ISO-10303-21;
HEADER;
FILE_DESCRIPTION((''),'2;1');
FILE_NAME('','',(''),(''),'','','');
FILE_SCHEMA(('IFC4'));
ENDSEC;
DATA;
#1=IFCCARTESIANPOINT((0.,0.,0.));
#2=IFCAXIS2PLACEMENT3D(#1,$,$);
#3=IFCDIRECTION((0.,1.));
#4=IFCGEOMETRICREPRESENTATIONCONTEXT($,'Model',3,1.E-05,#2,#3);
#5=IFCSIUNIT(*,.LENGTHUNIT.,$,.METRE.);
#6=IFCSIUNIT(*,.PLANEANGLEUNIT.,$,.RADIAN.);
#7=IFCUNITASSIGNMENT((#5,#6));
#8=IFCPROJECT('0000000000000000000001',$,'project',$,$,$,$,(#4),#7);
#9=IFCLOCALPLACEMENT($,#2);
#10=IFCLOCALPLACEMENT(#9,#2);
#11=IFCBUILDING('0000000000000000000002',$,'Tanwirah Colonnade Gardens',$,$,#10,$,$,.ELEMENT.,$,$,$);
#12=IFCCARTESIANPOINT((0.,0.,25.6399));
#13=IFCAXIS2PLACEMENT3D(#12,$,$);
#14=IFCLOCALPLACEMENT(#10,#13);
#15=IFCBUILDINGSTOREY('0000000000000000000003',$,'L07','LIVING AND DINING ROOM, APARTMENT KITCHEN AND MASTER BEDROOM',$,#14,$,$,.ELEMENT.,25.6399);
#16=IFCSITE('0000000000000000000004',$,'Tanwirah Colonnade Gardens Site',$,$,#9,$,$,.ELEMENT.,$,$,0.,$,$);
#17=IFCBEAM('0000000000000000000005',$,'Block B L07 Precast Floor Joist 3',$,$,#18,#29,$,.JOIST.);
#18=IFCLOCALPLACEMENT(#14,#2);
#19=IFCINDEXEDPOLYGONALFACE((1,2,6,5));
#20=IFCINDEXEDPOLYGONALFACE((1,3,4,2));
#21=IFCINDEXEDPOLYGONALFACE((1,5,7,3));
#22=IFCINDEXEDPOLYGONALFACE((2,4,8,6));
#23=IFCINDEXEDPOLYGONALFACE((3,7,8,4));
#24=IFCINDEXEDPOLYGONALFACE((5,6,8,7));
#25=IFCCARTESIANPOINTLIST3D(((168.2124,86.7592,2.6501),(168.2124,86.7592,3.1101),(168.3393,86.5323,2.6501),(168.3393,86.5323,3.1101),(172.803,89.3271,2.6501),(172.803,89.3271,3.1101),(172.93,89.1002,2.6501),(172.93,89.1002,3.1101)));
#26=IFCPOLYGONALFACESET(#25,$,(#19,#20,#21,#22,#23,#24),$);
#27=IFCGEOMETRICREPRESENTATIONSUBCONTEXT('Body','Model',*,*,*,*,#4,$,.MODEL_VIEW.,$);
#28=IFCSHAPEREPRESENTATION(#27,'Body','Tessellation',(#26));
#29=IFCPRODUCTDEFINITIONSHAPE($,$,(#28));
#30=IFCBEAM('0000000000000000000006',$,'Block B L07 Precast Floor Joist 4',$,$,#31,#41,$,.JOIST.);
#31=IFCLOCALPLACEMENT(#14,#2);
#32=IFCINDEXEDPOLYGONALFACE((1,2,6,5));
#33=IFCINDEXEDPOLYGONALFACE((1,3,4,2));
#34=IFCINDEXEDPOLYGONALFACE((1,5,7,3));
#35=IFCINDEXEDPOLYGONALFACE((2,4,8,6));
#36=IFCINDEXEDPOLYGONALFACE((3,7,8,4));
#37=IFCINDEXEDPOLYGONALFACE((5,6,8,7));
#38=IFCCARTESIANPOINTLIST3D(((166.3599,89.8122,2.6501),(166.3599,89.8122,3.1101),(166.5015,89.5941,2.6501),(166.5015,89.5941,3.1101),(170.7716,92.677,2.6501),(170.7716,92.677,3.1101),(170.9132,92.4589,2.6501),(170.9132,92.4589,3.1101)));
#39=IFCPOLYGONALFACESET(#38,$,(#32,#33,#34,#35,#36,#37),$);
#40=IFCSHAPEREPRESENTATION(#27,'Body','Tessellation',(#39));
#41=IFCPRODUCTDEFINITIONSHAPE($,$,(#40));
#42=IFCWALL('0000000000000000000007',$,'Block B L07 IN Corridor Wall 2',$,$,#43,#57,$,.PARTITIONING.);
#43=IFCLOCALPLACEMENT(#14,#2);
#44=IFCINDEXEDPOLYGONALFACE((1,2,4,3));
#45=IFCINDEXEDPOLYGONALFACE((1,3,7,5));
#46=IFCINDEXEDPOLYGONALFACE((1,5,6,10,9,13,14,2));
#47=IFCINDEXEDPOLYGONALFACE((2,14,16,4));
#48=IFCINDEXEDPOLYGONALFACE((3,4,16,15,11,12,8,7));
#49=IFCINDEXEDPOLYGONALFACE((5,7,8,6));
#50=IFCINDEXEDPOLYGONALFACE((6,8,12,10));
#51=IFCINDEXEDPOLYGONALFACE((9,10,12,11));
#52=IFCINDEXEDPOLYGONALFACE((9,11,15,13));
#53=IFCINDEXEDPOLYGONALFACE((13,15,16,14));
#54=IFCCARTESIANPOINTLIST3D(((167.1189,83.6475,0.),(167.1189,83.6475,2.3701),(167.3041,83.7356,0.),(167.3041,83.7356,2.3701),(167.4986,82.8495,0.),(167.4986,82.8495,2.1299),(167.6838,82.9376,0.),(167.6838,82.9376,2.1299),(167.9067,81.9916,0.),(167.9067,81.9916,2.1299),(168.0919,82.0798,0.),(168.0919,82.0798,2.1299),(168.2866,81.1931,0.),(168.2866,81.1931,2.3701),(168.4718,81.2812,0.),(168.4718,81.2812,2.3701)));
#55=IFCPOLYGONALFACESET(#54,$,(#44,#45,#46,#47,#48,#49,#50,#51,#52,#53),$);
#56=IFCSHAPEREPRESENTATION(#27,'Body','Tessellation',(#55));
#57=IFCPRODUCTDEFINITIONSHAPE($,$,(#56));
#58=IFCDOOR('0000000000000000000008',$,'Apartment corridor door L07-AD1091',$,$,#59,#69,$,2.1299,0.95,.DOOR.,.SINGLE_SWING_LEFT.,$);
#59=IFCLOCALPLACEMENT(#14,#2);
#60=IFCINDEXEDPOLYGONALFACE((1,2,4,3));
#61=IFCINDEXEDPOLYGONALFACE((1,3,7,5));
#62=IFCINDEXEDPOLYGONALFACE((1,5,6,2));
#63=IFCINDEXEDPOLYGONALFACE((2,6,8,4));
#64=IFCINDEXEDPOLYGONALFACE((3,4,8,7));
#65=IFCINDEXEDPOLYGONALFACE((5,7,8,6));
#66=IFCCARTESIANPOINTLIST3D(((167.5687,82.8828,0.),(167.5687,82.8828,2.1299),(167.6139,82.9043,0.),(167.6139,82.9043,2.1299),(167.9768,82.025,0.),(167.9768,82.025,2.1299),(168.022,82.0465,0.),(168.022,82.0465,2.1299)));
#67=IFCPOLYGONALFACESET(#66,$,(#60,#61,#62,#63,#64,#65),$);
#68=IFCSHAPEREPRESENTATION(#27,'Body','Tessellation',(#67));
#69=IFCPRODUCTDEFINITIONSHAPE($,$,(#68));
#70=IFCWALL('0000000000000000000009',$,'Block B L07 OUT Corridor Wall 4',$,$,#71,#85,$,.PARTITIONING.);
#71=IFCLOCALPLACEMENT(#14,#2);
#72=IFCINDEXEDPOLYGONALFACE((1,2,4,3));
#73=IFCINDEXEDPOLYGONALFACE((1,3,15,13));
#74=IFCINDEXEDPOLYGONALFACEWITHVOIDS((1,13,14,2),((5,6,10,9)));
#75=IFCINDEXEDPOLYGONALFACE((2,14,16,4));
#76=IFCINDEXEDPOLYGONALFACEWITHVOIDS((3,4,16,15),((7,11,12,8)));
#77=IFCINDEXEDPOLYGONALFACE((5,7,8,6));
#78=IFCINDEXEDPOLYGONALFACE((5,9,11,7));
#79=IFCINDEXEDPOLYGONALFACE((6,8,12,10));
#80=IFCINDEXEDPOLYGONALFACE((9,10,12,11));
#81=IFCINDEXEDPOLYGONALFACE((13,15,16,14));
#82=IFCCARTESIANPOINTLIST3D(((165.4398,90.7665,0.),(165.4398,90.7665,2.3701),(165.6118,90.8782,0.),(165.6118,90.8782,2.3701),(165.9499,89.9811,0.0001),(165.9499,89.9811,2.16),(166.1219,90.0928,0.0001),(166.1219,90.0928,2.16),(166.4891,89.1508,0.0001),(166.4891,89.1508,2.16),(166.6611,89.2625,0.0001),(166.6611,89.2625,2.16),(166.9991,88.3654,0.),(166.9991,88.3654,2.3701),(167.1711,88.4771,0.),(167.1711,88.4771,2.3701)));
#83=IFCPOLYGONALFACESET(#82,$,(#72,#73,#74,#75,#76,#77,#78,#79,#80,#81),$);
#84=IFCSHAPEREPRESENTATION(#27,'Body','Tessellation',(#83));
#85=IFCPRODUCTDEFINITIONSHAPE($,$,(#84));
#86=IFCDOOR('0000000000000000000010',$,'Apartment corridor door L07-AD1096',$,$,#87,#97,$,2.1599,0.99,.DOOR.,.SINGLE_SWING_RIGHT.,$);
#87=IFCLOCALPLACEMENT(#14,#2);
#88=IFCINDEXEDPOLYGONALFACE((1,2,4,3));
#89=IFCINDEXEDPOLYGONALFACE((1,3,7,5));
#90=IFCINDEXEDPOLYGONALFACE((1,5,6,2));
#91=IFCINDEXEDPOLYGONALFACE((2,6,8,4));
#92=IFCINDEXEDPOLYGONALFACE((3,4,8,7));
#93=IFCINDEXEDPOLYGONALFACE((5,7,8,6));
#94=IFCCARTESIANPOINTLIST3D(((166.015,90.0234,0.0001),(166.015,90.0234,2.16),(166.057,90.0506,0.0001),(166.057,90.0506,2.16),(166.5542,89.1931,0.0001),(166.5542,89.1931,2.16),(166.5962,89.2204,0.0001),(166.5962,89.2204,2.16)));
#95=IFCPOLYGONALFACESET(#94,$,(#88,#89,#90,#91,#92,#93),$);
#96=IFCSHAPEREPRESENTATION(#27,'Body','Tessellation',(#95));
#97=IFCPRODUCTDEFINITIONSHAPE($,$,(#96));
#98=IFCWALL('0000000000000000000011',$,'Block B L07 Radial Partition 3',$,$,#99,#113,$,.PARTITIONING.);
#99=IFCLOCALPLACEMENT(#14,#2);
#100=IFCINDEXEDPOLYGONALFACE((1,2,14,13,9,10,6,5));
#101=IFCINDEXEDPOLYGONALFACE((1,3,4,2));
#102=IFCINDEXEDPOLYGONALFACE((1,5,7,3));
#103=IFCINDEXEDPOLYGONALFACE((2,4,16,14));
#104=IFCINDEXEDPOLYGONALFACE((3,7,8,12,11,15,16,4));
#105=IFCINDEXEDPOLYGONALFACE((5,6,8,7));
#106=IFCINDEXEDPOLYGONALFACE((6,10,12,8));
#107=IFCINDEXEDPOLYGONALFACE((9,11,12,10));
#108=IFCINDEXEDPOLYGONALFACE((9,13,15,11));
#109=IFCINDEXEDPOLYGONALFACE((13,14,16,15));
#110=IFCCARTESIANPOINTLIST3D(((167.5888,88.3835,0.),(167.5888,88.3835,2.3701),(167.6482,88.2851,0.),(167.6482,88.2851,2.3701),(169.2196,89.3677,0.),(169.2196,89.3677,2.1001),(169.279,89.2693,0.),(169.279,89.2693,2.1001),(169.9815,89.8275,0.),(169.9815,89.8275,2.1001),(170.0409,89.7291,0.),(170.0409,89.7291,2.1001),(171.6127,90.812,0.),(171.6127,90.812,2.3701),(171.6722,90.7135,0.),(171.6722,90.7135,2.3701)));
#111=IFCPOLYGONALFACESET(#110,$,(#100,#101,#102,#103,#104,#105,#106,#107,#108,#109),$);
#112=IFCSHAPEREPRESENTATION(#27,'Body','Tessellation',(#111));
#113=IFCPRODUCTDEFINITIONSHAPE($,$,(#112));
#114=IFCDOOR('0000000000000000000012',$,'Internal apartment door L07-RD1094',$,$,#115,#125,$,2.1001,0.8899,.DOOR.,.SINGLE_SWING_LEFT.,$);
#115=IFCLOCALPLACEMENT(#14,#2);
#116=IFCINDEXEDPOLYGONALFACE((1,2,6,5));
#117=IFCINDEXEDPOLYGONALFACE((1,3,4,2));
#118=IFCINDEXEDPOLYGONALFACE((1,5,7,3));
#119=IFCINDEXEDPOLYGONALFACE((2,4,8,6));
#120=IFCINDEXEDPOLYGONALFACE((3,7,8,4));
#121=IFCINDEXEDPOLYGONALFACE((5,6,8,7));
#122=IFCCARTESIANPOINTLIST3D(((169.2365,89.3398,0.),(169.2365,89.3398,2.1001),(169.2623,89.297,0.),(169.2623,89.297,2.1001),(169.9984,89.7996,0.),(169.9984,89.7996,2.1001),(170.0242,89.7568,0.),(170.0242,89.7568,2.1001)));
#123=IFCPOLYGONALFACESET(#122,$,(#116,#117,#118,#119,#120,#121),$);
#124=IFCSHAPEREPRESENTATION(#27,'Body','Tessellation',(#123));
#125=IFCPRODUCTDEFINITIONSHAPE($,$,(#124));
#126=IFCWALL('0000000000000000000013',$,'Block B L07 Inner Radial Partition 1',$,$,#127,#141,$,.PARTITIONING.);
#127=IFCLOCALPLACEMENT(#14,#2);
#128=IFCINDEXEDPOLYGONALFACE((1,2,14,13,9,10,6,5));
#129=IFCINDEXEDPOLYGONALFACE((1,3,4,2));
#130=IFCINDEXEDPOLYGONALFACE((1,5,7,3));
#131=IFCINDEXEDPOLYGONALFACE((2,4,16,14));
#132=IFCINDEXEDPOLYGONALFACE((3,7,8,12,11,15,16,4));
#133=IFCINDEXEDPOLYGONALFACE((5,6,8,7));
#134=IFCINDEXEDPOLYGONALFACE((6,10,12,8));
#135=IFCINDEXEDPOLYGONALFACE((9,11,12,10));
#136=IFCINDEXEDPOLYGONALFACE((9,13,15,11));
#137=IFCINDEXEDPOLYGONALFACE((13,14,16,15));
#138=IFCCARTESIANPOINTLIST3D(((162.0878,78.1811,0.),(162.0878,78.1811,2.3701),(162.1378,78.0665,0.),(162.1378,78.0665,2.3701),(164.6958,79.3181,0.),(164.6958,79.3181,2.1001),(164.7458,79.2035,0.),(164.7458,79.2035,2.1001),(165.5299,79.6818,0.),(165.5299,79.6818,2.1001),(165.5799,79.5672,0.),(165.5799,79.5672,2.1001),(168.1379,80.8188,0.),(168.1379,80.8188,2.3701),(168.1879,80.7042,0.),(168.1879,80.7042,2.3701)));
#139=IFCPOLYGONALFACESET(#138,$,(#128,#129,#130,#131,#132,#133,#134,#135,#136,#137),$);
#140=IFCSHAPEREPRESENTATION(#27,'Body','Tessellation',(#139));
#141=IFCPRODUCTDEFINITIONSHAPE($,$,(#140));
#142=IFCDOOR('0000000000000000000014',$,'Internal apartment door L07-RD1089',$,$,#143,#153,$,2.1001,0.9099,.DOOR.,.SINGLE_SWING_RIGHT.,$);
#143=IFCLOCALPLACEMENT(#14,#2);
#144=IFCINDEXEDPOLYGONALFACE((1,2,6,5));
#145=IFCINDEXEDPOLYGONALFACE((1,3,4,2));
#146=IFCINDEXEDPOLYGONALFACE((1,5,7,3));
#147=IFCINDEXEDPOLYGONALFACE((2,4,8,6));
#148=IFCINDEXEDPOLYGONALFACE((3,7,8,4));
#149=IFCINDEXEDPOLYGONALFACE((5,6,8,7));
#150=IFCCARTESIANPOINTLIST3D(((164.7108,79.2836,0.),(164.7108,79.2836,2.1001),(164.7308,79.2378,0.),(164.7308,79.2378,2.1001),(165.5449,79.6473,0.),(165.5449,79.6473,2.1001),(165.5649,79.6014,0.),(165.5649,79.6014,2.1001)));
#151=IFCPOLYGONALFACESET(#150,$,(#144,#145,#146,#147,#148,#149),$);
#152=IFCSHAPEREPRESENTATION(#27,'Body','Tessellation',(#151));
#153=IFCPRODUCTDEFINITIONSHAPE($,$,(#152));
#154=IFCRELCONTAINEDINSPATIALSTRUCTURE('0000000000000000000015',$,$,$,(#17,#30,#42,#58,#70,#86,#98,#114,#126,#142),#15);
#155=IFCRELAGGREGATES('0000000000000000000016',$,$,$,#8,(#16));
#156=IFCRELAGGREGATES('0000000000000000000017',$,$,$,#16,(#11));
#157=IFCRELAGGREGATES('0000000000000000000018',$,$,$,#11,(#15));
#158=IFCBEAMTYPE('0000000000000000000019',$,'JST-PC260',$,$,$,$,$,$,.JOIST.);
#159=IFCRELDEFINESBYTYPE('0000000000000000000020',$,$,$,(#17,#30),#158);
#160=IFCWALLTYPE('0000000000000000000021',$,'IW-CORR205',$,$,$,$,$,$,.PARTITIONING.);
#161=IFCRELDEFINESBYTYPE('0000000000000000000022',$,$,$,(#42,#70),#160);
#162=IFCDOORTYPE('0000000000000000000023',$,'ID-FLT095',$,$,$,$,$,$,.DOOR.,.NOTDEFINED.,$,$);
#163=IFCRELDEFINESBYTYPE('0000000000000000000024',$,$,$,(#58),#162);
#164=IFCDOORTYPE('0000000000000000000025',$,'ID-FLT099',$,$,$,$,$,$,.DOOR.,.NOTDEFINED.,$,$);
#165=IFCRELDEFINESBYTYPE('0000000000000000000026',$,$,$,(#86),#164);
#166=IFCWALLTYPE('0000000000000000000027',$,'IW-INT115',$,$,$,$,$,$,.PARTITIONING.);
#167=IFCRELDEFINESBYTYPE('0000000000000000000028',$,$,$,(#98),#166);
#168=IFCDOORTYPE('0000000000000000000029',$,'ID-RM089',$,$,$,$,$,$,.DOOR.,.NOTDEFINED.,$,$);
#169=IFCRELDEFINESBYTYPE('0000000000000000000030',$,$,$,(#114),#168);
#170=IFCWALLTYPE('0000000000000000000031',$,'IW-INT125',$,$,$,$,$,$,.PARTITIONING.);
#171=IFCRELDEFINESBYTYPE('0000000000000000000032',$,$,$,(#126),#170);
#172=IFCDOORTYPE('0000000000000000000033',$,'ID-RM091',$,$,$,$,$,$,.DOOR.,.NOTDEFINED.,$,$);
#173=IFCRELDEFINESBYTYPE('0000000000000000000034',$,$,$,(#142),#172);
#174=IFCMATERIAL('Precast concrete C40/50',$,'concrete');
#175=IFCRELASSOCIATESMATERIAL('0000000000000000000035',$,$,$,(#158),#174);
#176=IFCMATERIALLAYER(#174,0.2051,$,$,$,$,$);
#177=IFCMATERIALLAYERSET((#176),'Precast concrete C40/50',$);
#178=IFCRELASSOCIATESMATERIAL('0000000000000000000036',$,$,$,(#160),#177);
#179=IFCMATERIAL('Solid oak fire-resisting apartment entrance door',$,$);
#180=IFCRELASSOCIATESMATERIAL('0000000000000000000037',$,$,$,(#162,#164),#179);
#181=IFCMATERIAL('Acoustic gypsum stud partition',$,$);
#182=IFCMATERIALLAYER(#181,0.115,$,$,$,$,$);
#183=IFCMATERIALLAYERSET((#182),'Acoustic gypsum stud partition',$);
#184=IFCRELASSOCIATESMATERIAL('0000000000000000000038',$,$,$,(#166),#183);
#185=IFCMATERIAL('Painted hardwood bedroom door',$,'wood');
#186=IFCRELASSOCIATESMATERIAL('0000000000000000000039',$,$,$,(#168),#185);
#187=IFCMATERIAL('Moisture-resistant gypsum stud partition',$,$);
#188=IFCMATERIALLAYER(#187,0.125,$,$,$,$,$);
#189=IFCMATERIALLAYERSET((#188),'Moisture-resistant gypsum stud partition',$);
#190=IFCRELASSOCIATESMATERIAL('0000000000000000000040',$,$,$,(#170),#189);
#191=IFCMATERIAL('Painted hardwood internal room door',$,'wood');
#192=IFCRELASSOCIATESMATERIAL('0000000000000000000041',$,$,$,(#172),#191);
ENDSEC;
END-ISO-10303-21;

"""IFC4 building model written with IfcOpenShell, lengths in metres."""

from ifc_helpers import new_model, si_unit, direction, frame, frame_2d, origin, origin_2d, place, context, subcontext, project, spatial, rectangle, extrude, material, layer, layer_set, material_profile, profile_set, type_object, element, fill, save


model = new_model("IFC4")

# Units and contexts
model_context = context("Model", 3, precision=1e-05, world=origin(), true_north=direction((0.0, 1.0)))
body_context = subcontext(model_context, "Body", "Model", "MODEL_VIEW")
ifc_project = project(units=[si_unit("LENGTHUNIT", "METRE"), si_unit("PLANEANGLEUNIT", "RADIAN")], contexts=[model_context])

# Site, building, storey
site_placement = place(None, origin())
site = spatial("IfcSite", under=ifc_project, at=site_placement, Name="Tanwirah Colonnade Gardens Site", CompositionType="ELEMENT", RefElevation=0.0)
building_placement = place(site_placement, origin())
building = spatial("IfcBuilding", under=site, at=building_placement, Name="Tanwirah Colonnade Gardens", CompositionType="ELEMENT")
storey_placement = place(building_placement, frame((0.0, 0.0, 25.6399)))
storey = spatial("IfcBuildingStorey", under=building, at=storey_placement, Name="L07", Description="LIVING AND DINING ROOM, APARTMENT KITCHEN AND MASTER BEDROOM", CompositionType="ELEMENT", Elevation=25.6399)

# Shared definitions
ifc_material_1 = material(Name="Precast concrete C40/50", Category="concrete")

# Beams
ifc_material_profile_1 = material_profile(ifc_material_1, rectangle(XDim=0.26, YDim=0.46, at=origin_2d()), Name="PC-JST 260x460")
ifc_profile_set_1 = profile_set([ifc_material_profile_1], Name="Precast concrete C40/50")
beam_type_1 = type_object("IfcBeamType", Name="JST-PC260", PredefinedType="JOIST", material=ifc_profile_set_1)
beam_1_placement = place(storey_placement, frame((168.2759, 86.6458, 2.8801), z_axis=(0.872737, 0.488191, 0.0), x_axis=(-0.488191, 0.872737, 0.0)))
element("IfcBeam", 1, at=beam_1_placement, inside=storey, type_object=beam_type_1, Name="Block B L07 Precast Floor Joist 3", PredefinedType="JOIST", context=body_context, shape_type="SweptSolid", body=[
    extrude(rectangle(XDim=0.26, YDim=0.46, at=origin_2d()), origin(), (0.0, 0.0, 1.0), 5.26),
])
beam_2_placement = place(storey_placement, frame((166.4307, 89.7031, 2.8801), z_axis=(0.838687, 0.544613, 0.0), x_axis=(-0.544613, 0.838687, 0.0)))
element("IfcBeam", 2, at=beam_2_placement, inside=storey, type_object=beam_type_1, Name="Block B L07 Precast Floor Joist 4", PredefinedType="JOIST", context=body_context, shape_type="SweptSolid", body=[
    extrude(rectangle(XDim=0.26, YDim=0.46, at=origin_2d()), origin(), (0.0, 0.0, 1.0), 5.2603),
])

# Walls, openings, doors
ifc_layer_1 = layer(ifc_material_1, 0.2051)
ifc_layer_set_1 = layer_set([ifc_layer_1], Name="Precast concrete C40/50")
wall_type_1 = type_object("IfcWallType", Name="IW-CORR205", PredefinedType="PARTITIONING", material=ifc_layer_set_1)
wall_1_placement = place(storey_placement, frame((168.3792, 81.2373, 0.0), z_axis=(0.0, 0.0, 1.0), x_axis=(-0.42963, 0.903005, 0.0)))
wall_1 = element("IfcWall", 3, at=wall_1_placement, inside=storey, type_object=wall_type_1, Name="Block B L07 IN Corridor Wall 2", PredefinedType="PARTITIONING", context=body_context, shape_type="SweptSolid", body=[
    extrude(rectangle(XDim=2.718, YDim=0.2051, at=frame_2d((1.3589, 0.0))), origin(), (0.0, 0.0, 1.0), 2.3701),
])
opening_1_placement = place(wall_1_placement, frame((0.884, 0.0, 0.0)))
opening_1 = element("IfcOpeningElement", 4, at=opening_1_placement, cuts=wall_1, PredefinedType="OPENING", context=body_context, shape_type="SweptSolid", body=[
    extrude(rectangle(XDim=0.95, YDim=2.1299, at=frame_2d((0.4751, 1.0649))), frame((0.0, 0.1125, 0.0), z_axis=(0.0, -1.0, 0.0), x_axis=(1.0, 0.0, 0.0)), (0.0, 0.0, 1.0), 0.2251),
])
ifc_material_2 = material(Name="Solid oak fire-resisting apartment entrance door")
door_type_1 = type_object("IfcDoorType", Name="ID-FLT095", OperationType="NOTDEFINED", PredefinedType="DOOR", material=ifc_material_2)
door_1_placement = place(opening_1_placement, origin())
door_1 = element("IfcDoor", 5, at=door_1_placement, inside=storey, type_object=door_type_1, Name="Apartment corridor door L07-AD1091", OperationType="SINGLE_SWING_LEFT", OverallHeight=2.1299, OverallWidth=0.95, PredefinedType="DOOR", context=body_context, shape_type="SweptSolid", body=[
    extrude(rectangle(XDim=0.95, YDim=2.1299, at=frame_2d((0.4751, 1.0649))), frame((0.0, 0.0249, 0.0), z_axis=(0.0, -1.0, 0.0), x_axis=(1.0, 0.0, 0.0)), (0.0, 0.0, 1.0), 0.05),
])
fill(opening_1, door_1)
wall_2_placement = place(storey_placement, frame((167.0852, 88.4211, 0.0), z_axis=(0.0, 0.0, 1.0), x_axis=(-0.544644, 0.838668, 0.0)))
wall_2 = element("IfcWall", 6, at=wall_2_placement, inside=storey, type_object=wall_type_1, Name="Block B L07 OUT Corridor Wall 4", PredefinedType="PARTITIONING", context=body_context, shape_type="SweptSolid", body=[
    extrude(rectangle(XDim=2.863, YDim=0.2051, at=frame_2d((1.4316, 0.0))), origin(), (0.0, 0.0, 1.0), 2.3701),
])
opening_2_placement = place(wall_2_placement, frame((0.9365, 0.0, 0.0)))
opening_2 = element("IfcOpeningElement", 7, at=opening_2_placement, cuts=wall_2, PredefinedType="OPENING", context=body_context, shape_type="SweptSolid", body=[
    extrude(rectangle(XDim=0.99, YDim=2.1599, at=frame_2d((0.4951, 1.0801))), frame((0.0, 0.1125, 0.0), z_axis=(0.0, -1.0, 0.0), x_axis=(1.0, 0.0, 0.0)), (0.0, 0.0, 1.0), 0.2251),
])
door_type_2 = type_object("IfcDoorType", Name="ID-FLT099", OperationType="NOTDEFINED", PredefinedType="DOOR", material=ifc_material_2)
door_2_placement = place(opening_2_placement, origin())
door_2 = element("IfcDoor", 8, at=door_2_placement, inside=storey, type_object=door_type_2, Name="Apartment corridor door L07-AD1096", OperationType="SINGLE_SWING_RIGHT", OverallHeight=2.1599, OverallWidth=0.99, PredefinedType="DOOR", context=body_context, shape_type="SweptSolid", body=[
    extrude(rectangle(XDim=0.99, YDim=2.1599, at=frame_2d((0.4951, 1.0801))), frame((0.0, 0.0249, 0.0), z_axis=(0.0, -1.0, 0.0), x_axis=(1.0, 0.0, 0.0)), (0.0, 0.0, 1.0), 0.05),
])
fill(opening_2, door_2)
ifc_material_3 = material(Name="Acoustic gypsum stud partition")
ifc_layer_2 = layer(ifc_material_3, 0.115)
ifc_layer_set_2 = layer_set([ifc_layer_2], Name="Acoustic gypsum stud partition")
wall_type_2 = type_object("IfcWallType", Name="IW-INT115", PredefinedType="PARTITIONING", material=ifc_layer_set_2)
wall_3_placement = place(storey_placement, frame((167.6184, 88.3342, 0.0), z_axis=(0.0, 0.0, 1.0), x_axis=(0.856165, 0.516702, 0.0)))
wall_3 = element("IfcWall", 9, at=wall_3_placement, inside=storey, type_object=wall_type_2, Name="Block B L07 Radial Partition 3", PredefinedType="PARTITIONING", context=body_context, shape_type="SweptSolid", body=[
    extrude(rectangle(XDim=4.7, YDim=0.115, at=frame_2d((2.3501, 0.0))), origin(), (0.0, 0.0, 1.0), 2.3701),
])
opening_3_placement = place(wall_3_placement, frame((1.905, 0.0, 0.0)))
opening_3 = element("IfcOpeningElement", 10, at=opening_3_placement, cuts=wall_3, PredefinedType="OPENING", context=body_context, shape_type="SweptSolid", body=[
    extrude(rectangle(XDim=0.8899, YDim=2.1001, at=frame_2d((0.4448, 1.05))), frame((0.0, 0.0674, 0.0), z_axis=(0.0, -1.0, 0.0), x_axis=(1.0, 0.0, 0.0)), (0.0, 0.0, 1.0), 0.135),
])
ifc_material_4 = material(Name="Painted hardwood bedroom door", Category="wood")
door_type_3 = type_object("IfcDoorType", Name="ID-RM089", OperationType="NOTDEFINED", PredefinedType="DOOR", material=ifc_material_4)
door_3_placement = place(opening_3_placement, origin())
door_3 = element("IfcDoor", 11, at=door_3_placement, inside=storey, type_object=door_type_3, Name="Internal apartment door L07-RD1094", OperationType="SINGLE_SWING_LEFT", OverallHeight=2.1001, OverallWidth=0.8899, PredefinedType="DOOR", context=body_context, shape_type="SweptSolid", body=[
    extrude(rectangle(XDim=0.8899, YDim=2.1001, at=frame_2d((0.4448, 1.05))), frame((0.0, 0.0249, 0.0), z_axis=(0.0, -1.0, 0.0), x_axis=(1.0, 0.0, 0.0)), (0.0, 0.0, 1.0), 0.05),
])
fill(opening_3, door_3)
ifc_material_5 = material(Name="Moisture-resistant gypsum stud partition")
ifc_layer_3 = layer(ifc_material_5, 0.125)
ifc_layer_set_3 = layer_set([ifc_layer_3], Name="Moisture-resistant gypsum stud partition")
wall_type_3 = type_object("IfcWallType", Name="IW-INT125", PredefinedType="PARTITIONING", material=ifc_layer_set_3)
wall_4_placement = place(storey_placement, frame((162.1128, 78.1238, 0.0), z_axis=(0.0, 0.0, 1.0), x_axis=(0.916669, 0.399648, 0.0)))
wall_4 = element("IfcWall", 12, at=wall_4_placement, inside=storey, type_object=wall_type_3, Name="Block B L07 Inner Radial Partition 1", PredefinedType="PARTITIONING", context=body_context, shape_type="SweptSolid", body=[
    extrude(rectangle(XDim=6.6001, YDim=0.125, at=frame_2d((3.3, 0.0))), origin(), (0.0, 0.0, 1.0), 2.3701),
])
opening_4_placement = place(wall_4_placement, frame((2.845, 0.0, 0.0)))
opening_4 = element("IfcOpeningElement", 13, at=opening_4_placement, cuts=wall_4, PredefinedType="OPENING", context=body_context, shape_type="SweptSolid", body=[
    extrude(rectangle(XDim=0.9099, YDim=2.1001, at=frame_2d((0.4551, 1.05))), frame((0.0, 0.0725, 0.0), z_axis=(0.0, -1.0, 0.0), x_axis=(1.0, 0.0, 0.0)), (0.0, 0.0, 1.0), 0.145),
])
ifc_material_6 = material(Name="Painted hardwood internal room door", Category="wood")
door_type_4 = type_object("IfcDoorType", Name="ID-RM091", OperationType="NOTDEFINED", PredefinedType="DOOR", material=ifc_material_6)
door_4_placement = place(opening_4_placement, origin())
door_4 = element("IfcDoor", 14, at=door_4_placement, inside=storey, type_object=door_type_4, Name="Internal apartment door L07-RD1089", OperationType="SINGLE_SWING_RIGHT", OverallHeight=2.1001, OverallWidth=0.9099, PredefinedType="DOOR", context=body_context, shape_type="SweptSolid", body=[
    extrude(rectangle(XDim=0.9099, YDim=2.1001, at=frame_2d((0.4551, 1.05))), frame((0.0, 0.0249, 0.0), z_axis=(0.0, -1.0, 0.0), x_axis=(1.0, 0.0, 0.0)), (0.0, 0.0, 1.0), 0.05),
])
fill(opening_4, door_4)

save(model, "model.ifc")
